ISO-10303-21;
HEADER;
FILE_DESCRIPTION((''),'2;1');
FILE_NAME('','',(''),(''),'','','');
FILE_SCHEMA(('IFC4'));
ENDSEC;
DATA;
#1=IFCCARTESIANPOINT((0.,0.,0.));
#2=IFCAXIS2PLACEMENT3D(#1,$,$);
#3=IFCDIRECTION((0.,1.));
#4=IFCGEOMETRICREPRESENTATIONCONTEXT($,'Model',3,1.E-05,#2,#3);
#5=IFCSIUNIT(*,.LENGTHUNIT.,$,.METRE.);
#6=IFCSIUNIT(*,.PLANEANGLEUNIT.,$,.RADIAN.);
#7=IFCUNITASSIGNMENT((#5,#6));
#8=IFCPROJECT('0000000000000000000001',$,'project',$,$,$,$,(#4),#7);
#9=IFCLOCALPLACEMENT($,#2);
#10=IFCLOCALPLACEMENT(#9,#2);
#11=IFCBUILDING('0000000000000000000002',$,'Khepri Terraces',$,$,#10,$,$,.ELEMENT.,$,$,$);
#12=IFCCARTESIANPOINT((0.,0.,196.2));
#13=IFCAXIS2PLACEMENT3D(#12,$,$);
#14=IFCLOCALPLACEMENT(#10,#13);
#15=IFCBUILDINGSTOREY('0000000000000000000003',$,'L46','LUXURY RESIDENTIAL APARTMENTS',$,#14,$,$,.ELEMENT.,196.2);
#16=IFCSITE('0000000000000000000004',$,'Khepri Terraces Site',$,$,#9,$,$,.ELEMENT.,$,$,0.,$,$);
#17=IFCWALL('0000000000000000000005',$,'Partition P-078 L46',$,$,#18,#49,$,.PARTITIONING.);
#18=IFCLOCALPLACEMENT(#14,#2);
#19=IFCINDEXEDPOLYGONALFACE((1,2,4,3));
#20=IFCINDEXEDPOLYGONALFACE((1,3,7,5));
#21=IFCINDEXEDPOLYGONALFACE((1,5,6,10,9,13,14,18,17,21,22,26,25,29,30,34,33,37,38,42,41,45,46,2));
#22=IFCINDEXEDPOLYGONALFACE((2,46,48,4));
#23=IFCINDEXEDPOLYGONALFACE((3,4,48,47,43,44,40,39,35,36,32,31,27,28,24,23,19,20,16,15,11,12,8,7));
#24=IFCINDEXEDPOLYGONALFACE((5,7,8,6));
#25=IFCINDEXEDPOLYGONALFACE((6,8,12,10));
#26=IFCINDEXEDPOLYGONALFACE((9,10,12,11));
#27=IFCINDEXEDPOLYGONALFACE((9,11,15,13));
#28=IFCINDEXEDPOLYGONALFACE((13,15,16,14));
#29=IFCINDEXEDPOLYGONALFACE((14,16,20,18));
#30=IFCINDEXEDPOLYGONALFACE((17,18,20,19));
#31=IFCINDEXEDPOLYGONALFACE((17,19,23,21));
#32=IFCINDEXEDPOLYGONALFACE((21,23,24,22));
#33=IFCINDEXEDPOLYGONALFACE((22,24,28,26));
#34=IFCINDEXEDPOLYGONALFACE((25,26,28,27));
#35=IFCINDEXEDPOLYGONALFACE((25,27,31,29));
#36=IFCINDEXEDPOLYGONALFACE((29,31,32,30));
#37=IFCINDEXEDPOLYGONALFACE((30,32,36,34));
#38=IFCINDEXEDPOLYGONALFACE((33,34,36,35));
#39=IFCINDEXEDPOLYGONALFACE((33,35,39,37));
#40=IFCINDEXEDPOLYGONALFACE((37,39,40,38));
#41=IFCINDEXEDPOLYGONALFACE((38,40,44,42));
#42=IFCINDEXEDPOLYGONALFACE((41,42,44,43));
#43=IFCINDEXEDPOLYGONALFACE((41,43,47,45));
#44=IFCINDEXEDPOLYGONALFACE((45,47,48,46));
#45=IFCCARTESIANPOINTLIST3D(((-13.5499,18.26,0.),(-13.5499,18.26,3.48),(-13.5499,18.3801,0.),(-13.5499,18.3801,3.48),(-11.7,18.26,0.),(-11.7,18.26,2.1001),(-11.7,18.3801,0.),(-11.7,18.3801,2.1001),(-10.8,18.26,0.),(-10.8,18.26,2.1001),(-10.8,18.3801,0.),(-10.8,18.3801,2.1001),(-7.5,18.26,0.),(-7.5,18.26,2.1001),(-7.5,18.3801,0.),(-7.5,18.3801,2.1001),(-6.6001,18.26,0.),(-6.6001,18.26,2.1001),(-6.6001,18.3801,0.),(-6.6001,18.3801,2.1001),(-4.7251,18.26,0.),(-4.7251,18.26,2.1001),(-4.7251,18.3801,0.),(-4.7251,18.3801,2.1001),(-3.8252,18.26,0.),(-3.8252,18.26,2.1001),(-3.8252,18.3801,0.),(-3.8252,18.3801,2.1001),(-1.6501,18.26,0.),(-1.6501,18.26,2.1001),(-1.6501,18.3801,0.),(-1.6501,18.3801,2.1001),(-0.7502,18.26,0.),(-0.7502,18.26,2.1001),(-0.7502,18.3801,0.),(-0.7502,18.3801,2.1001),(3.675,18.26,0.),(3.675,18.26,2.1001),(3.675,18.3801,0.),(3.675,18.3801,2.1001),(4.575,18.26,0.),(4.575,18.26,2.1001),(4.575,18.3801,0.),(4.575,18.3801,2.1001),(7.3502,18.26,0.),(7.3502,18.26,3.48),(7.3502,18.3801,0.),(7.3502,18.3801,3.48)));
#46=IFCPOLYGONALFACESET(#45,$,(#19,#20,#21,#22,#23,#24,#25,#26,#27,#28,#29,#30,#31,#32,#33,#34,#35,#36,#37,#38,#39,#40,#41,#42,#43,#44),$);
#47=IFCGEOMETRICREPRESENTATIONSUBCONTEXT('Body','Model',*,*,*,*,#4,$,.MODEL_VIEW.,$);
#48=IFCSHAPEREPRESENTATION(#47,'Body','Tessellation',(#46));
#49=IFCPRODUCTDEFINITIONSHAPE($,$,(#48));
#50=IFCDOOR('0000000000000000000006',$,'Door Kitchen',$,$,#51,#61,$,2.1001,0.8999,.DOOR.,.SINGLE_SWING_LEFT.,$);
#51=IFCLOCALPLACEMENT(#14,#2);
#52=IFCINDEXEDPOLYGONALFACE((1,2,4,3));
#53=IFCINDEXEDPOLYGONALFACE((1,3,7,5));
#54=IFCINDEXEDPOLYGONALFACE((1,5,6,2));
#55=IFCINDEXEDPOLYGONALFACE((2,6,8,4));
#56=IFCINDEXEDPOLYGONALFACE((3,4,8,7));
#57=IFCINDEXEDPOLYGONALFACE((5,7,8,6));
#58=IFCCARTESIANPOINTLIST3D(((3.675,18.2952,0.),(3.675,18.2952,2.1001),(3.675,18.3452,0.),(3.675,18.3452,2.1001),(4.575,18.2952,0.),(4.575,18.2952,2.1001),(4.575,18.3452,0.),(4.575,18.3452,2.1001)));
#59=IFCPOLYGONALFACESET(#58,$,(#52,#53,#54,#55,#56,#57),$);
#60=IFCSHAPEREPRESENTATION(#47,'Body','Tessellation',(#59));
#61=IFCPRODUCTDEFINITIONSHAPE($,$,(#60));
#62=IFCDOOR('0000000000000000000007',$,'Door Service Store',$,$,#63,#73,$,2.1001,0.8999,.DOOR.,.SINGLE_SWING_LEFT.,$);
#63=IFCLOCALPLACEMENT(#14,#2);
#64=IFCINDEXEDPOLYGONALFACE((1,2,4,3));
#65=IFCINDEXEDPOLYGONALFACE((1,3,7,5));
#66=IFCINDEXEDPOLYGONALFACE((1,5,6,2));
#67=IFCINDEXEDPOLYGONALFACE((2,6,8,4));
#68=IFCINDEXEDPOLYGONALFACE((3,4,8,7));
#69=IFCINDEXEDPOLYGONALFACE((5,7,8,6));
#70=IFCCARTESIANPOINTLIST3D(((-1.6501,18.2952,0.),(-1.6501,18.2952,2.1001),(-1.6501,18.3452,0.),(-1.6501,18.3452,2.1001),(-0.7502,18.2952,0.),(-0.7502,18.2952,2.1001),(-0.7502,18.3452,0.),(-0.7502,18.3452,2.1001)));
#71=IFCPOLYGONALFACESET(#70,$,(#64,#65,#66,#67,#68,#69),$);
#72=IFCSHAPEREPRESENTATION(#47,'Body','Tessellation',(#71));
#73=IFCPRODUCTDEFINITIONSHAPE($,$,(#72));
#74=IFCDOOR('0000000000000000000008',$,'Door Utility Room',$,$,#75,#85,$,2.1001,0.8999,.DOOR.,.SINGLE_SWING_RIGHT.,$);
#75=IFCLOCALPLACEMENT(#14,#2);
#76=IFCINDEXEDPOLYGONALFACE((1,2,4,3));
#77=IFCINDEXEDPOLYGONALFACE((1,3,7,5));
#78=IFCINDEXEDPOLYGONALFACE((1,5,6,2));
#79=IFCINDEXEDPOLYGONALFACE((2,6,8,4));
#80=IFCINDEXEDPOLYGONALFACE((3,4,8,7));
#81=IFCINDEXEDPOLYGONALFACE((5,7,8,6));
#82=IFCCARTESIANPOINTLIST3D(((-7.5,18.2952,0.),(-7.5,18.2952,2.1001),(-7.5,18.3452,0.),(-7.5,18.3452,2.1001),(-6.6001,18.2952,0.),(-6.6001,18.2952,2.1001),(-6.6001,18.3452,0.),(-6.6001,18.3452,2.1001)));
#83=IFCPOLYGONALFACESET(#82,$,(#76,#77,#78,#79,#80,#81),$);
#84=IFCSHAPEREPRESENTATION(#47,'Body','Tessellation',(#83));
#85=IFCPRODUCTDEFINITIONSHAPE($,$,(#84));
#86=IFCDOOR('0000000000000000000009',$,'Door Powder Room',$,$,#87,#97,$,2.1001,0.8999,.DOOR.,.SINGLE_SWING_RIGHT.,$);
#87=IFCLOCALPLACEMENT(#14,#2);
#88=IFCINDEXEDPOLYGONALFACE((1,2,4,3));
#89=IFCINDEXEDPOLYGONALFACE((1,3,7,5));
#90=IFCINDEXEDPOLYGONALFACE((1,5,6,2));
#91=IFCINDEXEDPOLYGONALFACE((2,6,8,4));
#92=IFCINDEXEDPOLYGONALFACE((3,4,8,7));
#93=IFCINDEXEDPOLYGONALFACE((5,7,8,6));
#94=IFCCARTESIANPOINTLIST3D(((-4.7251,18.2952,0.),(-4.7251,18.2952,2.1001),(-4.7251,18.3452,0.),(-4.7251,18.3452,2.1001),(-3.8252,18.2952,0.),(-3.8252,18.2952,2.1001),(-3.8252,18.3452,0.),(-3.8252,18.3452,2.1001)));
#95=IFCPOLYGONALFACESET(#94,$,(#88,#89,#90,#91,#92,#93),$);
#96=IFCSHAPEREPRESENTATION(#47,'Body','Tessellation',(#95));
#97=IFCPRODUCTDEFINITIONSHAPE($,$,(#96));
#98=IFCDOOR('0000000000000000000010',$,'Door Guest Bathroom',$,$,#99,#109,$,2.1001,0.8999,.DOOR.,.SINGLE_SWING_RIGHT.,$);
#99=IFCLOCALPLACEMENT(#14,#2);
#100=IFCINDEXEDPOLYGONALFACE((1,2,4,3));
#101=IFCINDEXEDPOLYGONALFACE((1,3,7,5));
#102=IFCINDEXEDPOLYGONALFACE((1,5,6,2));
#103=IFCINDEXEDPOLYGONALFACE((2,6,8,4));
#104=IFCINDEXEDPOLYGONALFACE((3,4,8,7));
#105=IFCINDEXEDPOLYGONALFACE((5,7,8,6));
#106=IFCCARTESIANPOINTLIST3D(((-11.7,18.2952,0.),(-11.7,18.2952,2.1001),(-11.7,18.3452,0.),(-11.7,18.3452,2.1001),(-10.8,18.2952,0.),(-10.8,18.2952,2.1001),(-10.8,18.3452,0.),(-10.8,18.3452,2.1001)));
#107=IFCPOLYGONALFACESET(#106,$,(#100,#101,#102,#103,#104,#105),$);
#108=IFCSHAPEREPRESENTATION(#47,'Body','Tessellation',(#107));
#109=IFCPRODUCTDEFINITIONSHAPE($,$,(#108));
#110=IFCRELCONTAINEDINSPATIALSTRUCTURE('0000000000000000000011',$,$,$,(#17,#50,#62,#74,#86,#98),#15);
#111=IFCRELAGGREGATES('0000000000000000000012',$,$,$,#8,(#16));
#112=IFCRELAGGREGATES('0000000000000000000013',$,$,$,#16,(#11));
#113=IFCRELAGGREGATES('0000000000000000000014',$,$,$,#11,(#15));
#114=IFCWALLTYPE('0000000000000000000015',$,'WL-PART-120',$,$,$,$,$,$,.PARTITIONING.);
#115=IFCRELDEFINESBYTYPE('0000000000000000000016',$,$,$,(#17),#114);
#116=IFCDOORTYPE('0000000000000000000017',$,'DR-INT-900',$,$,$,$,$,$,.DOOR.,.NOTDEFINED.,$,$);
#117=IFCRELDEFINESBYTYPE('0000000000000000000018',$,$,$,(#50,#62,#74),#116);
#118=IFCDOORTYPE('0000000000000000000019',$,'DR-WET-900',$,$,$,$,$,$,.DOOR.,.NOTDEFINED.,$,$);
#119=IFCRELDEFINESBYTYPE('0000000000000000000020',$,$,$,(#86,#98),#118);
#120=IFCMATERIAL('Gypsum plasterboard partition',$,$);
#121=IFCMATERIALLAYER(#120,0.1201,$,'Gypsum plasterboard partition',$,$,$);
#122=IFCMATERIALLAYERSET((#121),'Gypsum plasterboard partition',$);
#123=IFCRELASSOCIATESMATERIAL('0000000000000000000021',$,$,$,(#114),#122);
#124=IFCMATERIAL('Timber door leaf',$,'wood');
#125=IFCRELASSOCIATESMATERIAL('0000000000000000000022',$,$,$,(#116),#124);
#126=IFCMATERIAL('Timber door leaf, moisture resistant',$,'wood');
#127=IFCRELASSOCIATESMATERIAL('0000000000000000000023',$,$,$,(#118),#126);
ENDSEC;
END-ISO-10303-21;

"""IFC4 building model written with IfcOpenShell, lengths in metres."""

from ifc_helpers import new_model, si_unit, direction, frame, frame_2d, origin, place, context, subcontext, project, spatial, rectangle, extrude, material, layer, layer_set, type_object, element, fill, save


model = new_model("IFC4")

# Units and contexts
model_context = context("Model", 3, precision=1e-05, world=origin(), true_north=direction((0.0, 1.0)))
body_context = subcontext(model_context, "Body", "Model", "MODEL_VIEW")
ifc_project = project(units=[si_unit("LENGTHUNIT", "METRE"), si_unit("PLANEANGLEUNIT", "RADIAN")], contexts=[model_context])

# Site, building, storey
site_placement = place(None, origin())
site = spatial("IfcSite", under=ifc_project, at=site_placement, Name="Khepri Terraces Site", CompositionType="ELEMENT", RefElevation=0.0)
building_placement = place(site_placement, origin())
building = spatial("IfcBuilding", under=site, at=building_placement, Name="Khepri Terraces", CompositionType="ELEMENT")
storey_placement = place(building_placement, frame((0.0, 0.0, 196.2)))
storey = spatial("IfcBuildingStorey", under=building, at=storey_placement, Name="L46", Description="LUXURY RESIDENTIAL APARTMENTS", CompositionType="ELEMENT", Elevation=196.2)

# Shared definitions
ifc_material_1 = material(Name="Gypsum plasterboard partition")
ifc_layer_1 = layer(ifc_material_1, 0.1201, Name="Gypsum plasterboard partition")
ifc_layer_set_1 = layer_set([ifc_layer_1], Name="Gypsum plasterboard partition")
wall_type_1 = type_object("IfcWallType", Name="WL-PART-120", PredefinedType="PARTITIONING", material=ifc_layer_set_1)

# Wall, openings, doors
wall_1_placement = place(storey_placement, frame((-13.55, 18.3201, 0.0), z_axis=(0.0, 0.0, 1.0), x_axis=(1.0, 0.0, 0.0)))
wall_1 = element("IfcWall", 1, at=wall_1_placement, inside=storey, type_object=wall_type_1, Name="Partition P-078 L46", PredefinedType="PARTITIONING", context=body_context, shape_type="SweptSolid", body=[
    extrude(rectangle(XDim=20.9001, YDim=0.1201, at=frame_2d((10.4502, 0.0))), origin(), (0.0, 0.0, 1.0), 3.48),
])
opening_1_placement = place(wall_1_placement, frame((17.2251, 0.0, 0.0)))
opening_1 = element("IfcOpeningElement", 2, at=opening_1_placement, cuts=wall_1, PredefinedType="OPENING", context=body_context, shape_type="SweptSolid", body=[
    extrude(rectangle(XDim=0.8999, YDim=2.1001, at=frame_2d((0.45, 1.05))), frame((0.0, 0.0701, 0.0), z_axis=(0.0, -1.0, 0.0), x_axis=(1.0, 0.0, 0.0)), (0.0, 0.0, 1.0), 0.1401),
])
opening_2_placement = place(wall_1_placement, frame((11.8999, 0.0, 0.0)))
opening_2 = element("IfcOpeningElement", 3, at=opening_2_placement, cuts=wall_1, PredefinedType="OPENING", context=body_context, shape_type="SweptSolid", body=[
    extrude(rectangle(XDim=0.8999, YDim=2.1001, at=frame_2d((0.45, 1.05))), frame((0.0, 0.0701, 0.0), z_axis=(0.0, -1.0, 0.0), x_axis=(1.0, 0.0, 0.0)), (0.0, 0.0, 1.0), 0.1401),
])
opening_3_placement = place(wall_1_placement, frame((8.825, 0.0, 0.0)))
opening_3 = element("IfcOpeningElement", 4, at=opening_3_placement, cuts=wall_1, PredefinedType="OPENING", context=body_context, shape_type="SweptSolid", body=[
    extrude(rectangle(XDim=0.8999, YDim=2.1001, at=frame_2d((0.45, 1.05))), frame((0.0, 0.0701, 0.0), z_axis=(0.0, -1.0, 0.0), x_axis=(1.0, 0.0, 0.0)), (0.0, 0.0, 1.0), 0.1401),
])
opening_4_placement = place(wall_1_placement, frame((6.05, 0.0, 0.0)))
opening_4 = element("IfcOpeningElement", 5, at=opening_4_placement, cuts=wall_1, PredefinedType="OPENING", context=body_context, shape_type="SweptSolid", body=[
    extrude(rectangle(XDim=0.8999, YDim=2.1001, at=frame_2d((0.45, 1.05))), frame((0.0, 0.0701, 0.0), z_axis=(0.0, -1.0, 0.0), x_axis=(1.0, 0.0, 0.0)), (0.0, 0.0, 1.0), 0.1401),
])
opening_5_placement = place(wall_1_placement, frame((1.8501, 0.0, 0.0)))
opening_5 = element("IfcOpeningElement", 6, at=opening_5_placement, cuts=wall_1, PredefinedType="OPENING", context=body_context, shape_type="SweptSolid", body=[
    extrude(rectangle(XDim=0.8999, YDim=2.1001, at=frame_2d((0.45, 1.05))), frame((0.0, 0.0701, 0.0), z_axis=(0.0, -1.0, 0.0), x_axis=(1.0, 0.0, 0.0)), (0.0, 0.0, 1.0), 0.1401),
])
ifc_material_2 = material(Name="Timber door leaf", Category="wood")
door_type_1 = type_object("IfcDoorType", Name="DR-INT-900", OperationType="NOTDEFINED", PredefinedType="DOOR", material=ifc_material_2)
door_1_placement = place(opening_1_placement, frame((0.8999, 0.0, 0.0), z_axis=(0.0, 0.0, 1.0), x_axis=(-1.0, 0.0, 0.0)))
door_1 = element("IfcDoor", 7, at=door_1_placement, inside=storey, type_object=door_type_1, Name="Door Kitchen", OperationType="SINGLE_SWING_LEFT", OverallHeight=2.1001, OverallWidth=0.8999, PredefinedType="DOOR", context=body_context, shape_type="SweptSolid", body=[
    extrude(rectangle(XDim=0.8999, YDim=2.1001, at=frame_2d((0.45, 1.05))), frame((0.0, 0.0249, 0.0), z_axis=(0.0, -1.0, 0.0), x_axis=(1.0, 0.0, 0.0)), (0.0, 0.0, 1.0), 0.05),
])
fill(opening_1, door_1)
door_2_placement = place(opening_2_placement, frame((0.8999, 0.0, 0.0), z_axis=(0.0, 0.0, 1.0), x_axis=(-1.0, 0.0, 0.0)))
door_2 = element("IfcDoor", 8, at=door_2_placement, inside=storey, type_object=door_type_1, Name="Door Service Store", OperationType="SINGLE_SWING_LEFT", OverallHeight=2.1001, OverallWidth=0.8999, PredefinedType="DOOR", context=body_context, shape_type="SweptSolid", body=[
    extrude(rectangle(XDim=0.8999, YDim=2.1001, at=frame_2d((0.45, 1.05))), frame((0.0, 0.0249, 0.0), z_axis=(0.0, -1.0, 0.0), x_axis=(1.0, 0.0, 0.0)), (0.0, 0.0, 1.0), 0.05),
])
fill(opening_2, door_2)
door_3_placement = place(opening_4_placement, frame((0.8999, 0.0, 0.0), z_axis=(0.0, 0.0, 1.0), x_axis=(-1.0, 0.0, 0.0)))
door_3 = element("IfcDoor", 9, at=door_3_placement, inside=storey, type_object=door_type_1, Name="Door Utility Room", OperationType="SINGLE_SWING_RIGHT", OverallHeight=2.1001, OverallWidth=0.8999, PredefinedType="DOOR", context=body_context, shape_type="SweptSolid", body=[
    extrude(rectangle(XDim=0.8999, YDim=2.1001, at=frame_2d((0.45, 1.05))), frame((0.0, 0.0249, 0.0), z_axis=(0.0, -1.0, 0.0), x_axis=(1.0, 0.0, 0.0)), (0.0, 0.0, 1.0), 0.05),
])
fill(opening_4, door_3)
ifc_material_3 = material(Name="Timber door leaf, moisture resistant", Category="wood")
door_type_2 = type_object("IfcDoorType", Name="DR-WET-900", OperationType="NOTDEFINED", PredefinedType="DOOR", material=ifc_material_3)
door_4_placement = place(opening_3_placement, frame((0.8999, 0.0, 0.0), z_axis=(0.0, 0.0, 1.0), x_axis=(-1.0, 0.0, 0.0)))
door_4 = element("IfcDoor", 10, at=door_4_placement, inside=storey, type_object=door_type_2, Name="Door Powder Room", OperationType="SINGLE_SWING_RIGHT", OverallHeight=2.1001, OverallWidth=0.8999, PredefinedType="DOOR", context=body_context, shape_type="SweptSolid", body=[
    extrude(rectangle(XDim=0.8999, YDim=2.1001, at=frame_2d((0.45, 1.05))), frame((0.0, 0.0249, 0.0), z_axis=(0.0, -1.0, 0.0), x_axis=(1.0, 0.0, 0.0)), (0.0, 0.0, 1.0), 0.05),
])
fill(opening_3, door_4)
door_5_placement = place(opening_5_placement, frame((0.8999, 0.0, 0.0), z_axis=(0.0, 0.0, 1.0), x_axis=(-1.0, 0.0, 0.0)))
door_5 = element("IfcDoor", 11, at=door_5_placement, inside=storey, type_object=door_type_2, Name="Door Guest Bathroom", OperationType="SINGLE_SWING_RIGHT", OverallHeight=2.1001, OverallWidth=0.8999, PredefinedType="DOOR", context=body_context, shape_type="SweptSolid", body=[
    extrude(rectangle(XDim=0.8999, YDim=2.1001, at=frame_2d((0.45, 1.05))), frame((0.0, 0.0249, 0.0), z_axis=(0.0, -1.0, 0.0), x_axis=(1.0, 0.0, 0.0)), (0.0, 0.0, 1.0), 0.05),
])
fill(opening_5, door_5)

save(model, "model.ifc")
